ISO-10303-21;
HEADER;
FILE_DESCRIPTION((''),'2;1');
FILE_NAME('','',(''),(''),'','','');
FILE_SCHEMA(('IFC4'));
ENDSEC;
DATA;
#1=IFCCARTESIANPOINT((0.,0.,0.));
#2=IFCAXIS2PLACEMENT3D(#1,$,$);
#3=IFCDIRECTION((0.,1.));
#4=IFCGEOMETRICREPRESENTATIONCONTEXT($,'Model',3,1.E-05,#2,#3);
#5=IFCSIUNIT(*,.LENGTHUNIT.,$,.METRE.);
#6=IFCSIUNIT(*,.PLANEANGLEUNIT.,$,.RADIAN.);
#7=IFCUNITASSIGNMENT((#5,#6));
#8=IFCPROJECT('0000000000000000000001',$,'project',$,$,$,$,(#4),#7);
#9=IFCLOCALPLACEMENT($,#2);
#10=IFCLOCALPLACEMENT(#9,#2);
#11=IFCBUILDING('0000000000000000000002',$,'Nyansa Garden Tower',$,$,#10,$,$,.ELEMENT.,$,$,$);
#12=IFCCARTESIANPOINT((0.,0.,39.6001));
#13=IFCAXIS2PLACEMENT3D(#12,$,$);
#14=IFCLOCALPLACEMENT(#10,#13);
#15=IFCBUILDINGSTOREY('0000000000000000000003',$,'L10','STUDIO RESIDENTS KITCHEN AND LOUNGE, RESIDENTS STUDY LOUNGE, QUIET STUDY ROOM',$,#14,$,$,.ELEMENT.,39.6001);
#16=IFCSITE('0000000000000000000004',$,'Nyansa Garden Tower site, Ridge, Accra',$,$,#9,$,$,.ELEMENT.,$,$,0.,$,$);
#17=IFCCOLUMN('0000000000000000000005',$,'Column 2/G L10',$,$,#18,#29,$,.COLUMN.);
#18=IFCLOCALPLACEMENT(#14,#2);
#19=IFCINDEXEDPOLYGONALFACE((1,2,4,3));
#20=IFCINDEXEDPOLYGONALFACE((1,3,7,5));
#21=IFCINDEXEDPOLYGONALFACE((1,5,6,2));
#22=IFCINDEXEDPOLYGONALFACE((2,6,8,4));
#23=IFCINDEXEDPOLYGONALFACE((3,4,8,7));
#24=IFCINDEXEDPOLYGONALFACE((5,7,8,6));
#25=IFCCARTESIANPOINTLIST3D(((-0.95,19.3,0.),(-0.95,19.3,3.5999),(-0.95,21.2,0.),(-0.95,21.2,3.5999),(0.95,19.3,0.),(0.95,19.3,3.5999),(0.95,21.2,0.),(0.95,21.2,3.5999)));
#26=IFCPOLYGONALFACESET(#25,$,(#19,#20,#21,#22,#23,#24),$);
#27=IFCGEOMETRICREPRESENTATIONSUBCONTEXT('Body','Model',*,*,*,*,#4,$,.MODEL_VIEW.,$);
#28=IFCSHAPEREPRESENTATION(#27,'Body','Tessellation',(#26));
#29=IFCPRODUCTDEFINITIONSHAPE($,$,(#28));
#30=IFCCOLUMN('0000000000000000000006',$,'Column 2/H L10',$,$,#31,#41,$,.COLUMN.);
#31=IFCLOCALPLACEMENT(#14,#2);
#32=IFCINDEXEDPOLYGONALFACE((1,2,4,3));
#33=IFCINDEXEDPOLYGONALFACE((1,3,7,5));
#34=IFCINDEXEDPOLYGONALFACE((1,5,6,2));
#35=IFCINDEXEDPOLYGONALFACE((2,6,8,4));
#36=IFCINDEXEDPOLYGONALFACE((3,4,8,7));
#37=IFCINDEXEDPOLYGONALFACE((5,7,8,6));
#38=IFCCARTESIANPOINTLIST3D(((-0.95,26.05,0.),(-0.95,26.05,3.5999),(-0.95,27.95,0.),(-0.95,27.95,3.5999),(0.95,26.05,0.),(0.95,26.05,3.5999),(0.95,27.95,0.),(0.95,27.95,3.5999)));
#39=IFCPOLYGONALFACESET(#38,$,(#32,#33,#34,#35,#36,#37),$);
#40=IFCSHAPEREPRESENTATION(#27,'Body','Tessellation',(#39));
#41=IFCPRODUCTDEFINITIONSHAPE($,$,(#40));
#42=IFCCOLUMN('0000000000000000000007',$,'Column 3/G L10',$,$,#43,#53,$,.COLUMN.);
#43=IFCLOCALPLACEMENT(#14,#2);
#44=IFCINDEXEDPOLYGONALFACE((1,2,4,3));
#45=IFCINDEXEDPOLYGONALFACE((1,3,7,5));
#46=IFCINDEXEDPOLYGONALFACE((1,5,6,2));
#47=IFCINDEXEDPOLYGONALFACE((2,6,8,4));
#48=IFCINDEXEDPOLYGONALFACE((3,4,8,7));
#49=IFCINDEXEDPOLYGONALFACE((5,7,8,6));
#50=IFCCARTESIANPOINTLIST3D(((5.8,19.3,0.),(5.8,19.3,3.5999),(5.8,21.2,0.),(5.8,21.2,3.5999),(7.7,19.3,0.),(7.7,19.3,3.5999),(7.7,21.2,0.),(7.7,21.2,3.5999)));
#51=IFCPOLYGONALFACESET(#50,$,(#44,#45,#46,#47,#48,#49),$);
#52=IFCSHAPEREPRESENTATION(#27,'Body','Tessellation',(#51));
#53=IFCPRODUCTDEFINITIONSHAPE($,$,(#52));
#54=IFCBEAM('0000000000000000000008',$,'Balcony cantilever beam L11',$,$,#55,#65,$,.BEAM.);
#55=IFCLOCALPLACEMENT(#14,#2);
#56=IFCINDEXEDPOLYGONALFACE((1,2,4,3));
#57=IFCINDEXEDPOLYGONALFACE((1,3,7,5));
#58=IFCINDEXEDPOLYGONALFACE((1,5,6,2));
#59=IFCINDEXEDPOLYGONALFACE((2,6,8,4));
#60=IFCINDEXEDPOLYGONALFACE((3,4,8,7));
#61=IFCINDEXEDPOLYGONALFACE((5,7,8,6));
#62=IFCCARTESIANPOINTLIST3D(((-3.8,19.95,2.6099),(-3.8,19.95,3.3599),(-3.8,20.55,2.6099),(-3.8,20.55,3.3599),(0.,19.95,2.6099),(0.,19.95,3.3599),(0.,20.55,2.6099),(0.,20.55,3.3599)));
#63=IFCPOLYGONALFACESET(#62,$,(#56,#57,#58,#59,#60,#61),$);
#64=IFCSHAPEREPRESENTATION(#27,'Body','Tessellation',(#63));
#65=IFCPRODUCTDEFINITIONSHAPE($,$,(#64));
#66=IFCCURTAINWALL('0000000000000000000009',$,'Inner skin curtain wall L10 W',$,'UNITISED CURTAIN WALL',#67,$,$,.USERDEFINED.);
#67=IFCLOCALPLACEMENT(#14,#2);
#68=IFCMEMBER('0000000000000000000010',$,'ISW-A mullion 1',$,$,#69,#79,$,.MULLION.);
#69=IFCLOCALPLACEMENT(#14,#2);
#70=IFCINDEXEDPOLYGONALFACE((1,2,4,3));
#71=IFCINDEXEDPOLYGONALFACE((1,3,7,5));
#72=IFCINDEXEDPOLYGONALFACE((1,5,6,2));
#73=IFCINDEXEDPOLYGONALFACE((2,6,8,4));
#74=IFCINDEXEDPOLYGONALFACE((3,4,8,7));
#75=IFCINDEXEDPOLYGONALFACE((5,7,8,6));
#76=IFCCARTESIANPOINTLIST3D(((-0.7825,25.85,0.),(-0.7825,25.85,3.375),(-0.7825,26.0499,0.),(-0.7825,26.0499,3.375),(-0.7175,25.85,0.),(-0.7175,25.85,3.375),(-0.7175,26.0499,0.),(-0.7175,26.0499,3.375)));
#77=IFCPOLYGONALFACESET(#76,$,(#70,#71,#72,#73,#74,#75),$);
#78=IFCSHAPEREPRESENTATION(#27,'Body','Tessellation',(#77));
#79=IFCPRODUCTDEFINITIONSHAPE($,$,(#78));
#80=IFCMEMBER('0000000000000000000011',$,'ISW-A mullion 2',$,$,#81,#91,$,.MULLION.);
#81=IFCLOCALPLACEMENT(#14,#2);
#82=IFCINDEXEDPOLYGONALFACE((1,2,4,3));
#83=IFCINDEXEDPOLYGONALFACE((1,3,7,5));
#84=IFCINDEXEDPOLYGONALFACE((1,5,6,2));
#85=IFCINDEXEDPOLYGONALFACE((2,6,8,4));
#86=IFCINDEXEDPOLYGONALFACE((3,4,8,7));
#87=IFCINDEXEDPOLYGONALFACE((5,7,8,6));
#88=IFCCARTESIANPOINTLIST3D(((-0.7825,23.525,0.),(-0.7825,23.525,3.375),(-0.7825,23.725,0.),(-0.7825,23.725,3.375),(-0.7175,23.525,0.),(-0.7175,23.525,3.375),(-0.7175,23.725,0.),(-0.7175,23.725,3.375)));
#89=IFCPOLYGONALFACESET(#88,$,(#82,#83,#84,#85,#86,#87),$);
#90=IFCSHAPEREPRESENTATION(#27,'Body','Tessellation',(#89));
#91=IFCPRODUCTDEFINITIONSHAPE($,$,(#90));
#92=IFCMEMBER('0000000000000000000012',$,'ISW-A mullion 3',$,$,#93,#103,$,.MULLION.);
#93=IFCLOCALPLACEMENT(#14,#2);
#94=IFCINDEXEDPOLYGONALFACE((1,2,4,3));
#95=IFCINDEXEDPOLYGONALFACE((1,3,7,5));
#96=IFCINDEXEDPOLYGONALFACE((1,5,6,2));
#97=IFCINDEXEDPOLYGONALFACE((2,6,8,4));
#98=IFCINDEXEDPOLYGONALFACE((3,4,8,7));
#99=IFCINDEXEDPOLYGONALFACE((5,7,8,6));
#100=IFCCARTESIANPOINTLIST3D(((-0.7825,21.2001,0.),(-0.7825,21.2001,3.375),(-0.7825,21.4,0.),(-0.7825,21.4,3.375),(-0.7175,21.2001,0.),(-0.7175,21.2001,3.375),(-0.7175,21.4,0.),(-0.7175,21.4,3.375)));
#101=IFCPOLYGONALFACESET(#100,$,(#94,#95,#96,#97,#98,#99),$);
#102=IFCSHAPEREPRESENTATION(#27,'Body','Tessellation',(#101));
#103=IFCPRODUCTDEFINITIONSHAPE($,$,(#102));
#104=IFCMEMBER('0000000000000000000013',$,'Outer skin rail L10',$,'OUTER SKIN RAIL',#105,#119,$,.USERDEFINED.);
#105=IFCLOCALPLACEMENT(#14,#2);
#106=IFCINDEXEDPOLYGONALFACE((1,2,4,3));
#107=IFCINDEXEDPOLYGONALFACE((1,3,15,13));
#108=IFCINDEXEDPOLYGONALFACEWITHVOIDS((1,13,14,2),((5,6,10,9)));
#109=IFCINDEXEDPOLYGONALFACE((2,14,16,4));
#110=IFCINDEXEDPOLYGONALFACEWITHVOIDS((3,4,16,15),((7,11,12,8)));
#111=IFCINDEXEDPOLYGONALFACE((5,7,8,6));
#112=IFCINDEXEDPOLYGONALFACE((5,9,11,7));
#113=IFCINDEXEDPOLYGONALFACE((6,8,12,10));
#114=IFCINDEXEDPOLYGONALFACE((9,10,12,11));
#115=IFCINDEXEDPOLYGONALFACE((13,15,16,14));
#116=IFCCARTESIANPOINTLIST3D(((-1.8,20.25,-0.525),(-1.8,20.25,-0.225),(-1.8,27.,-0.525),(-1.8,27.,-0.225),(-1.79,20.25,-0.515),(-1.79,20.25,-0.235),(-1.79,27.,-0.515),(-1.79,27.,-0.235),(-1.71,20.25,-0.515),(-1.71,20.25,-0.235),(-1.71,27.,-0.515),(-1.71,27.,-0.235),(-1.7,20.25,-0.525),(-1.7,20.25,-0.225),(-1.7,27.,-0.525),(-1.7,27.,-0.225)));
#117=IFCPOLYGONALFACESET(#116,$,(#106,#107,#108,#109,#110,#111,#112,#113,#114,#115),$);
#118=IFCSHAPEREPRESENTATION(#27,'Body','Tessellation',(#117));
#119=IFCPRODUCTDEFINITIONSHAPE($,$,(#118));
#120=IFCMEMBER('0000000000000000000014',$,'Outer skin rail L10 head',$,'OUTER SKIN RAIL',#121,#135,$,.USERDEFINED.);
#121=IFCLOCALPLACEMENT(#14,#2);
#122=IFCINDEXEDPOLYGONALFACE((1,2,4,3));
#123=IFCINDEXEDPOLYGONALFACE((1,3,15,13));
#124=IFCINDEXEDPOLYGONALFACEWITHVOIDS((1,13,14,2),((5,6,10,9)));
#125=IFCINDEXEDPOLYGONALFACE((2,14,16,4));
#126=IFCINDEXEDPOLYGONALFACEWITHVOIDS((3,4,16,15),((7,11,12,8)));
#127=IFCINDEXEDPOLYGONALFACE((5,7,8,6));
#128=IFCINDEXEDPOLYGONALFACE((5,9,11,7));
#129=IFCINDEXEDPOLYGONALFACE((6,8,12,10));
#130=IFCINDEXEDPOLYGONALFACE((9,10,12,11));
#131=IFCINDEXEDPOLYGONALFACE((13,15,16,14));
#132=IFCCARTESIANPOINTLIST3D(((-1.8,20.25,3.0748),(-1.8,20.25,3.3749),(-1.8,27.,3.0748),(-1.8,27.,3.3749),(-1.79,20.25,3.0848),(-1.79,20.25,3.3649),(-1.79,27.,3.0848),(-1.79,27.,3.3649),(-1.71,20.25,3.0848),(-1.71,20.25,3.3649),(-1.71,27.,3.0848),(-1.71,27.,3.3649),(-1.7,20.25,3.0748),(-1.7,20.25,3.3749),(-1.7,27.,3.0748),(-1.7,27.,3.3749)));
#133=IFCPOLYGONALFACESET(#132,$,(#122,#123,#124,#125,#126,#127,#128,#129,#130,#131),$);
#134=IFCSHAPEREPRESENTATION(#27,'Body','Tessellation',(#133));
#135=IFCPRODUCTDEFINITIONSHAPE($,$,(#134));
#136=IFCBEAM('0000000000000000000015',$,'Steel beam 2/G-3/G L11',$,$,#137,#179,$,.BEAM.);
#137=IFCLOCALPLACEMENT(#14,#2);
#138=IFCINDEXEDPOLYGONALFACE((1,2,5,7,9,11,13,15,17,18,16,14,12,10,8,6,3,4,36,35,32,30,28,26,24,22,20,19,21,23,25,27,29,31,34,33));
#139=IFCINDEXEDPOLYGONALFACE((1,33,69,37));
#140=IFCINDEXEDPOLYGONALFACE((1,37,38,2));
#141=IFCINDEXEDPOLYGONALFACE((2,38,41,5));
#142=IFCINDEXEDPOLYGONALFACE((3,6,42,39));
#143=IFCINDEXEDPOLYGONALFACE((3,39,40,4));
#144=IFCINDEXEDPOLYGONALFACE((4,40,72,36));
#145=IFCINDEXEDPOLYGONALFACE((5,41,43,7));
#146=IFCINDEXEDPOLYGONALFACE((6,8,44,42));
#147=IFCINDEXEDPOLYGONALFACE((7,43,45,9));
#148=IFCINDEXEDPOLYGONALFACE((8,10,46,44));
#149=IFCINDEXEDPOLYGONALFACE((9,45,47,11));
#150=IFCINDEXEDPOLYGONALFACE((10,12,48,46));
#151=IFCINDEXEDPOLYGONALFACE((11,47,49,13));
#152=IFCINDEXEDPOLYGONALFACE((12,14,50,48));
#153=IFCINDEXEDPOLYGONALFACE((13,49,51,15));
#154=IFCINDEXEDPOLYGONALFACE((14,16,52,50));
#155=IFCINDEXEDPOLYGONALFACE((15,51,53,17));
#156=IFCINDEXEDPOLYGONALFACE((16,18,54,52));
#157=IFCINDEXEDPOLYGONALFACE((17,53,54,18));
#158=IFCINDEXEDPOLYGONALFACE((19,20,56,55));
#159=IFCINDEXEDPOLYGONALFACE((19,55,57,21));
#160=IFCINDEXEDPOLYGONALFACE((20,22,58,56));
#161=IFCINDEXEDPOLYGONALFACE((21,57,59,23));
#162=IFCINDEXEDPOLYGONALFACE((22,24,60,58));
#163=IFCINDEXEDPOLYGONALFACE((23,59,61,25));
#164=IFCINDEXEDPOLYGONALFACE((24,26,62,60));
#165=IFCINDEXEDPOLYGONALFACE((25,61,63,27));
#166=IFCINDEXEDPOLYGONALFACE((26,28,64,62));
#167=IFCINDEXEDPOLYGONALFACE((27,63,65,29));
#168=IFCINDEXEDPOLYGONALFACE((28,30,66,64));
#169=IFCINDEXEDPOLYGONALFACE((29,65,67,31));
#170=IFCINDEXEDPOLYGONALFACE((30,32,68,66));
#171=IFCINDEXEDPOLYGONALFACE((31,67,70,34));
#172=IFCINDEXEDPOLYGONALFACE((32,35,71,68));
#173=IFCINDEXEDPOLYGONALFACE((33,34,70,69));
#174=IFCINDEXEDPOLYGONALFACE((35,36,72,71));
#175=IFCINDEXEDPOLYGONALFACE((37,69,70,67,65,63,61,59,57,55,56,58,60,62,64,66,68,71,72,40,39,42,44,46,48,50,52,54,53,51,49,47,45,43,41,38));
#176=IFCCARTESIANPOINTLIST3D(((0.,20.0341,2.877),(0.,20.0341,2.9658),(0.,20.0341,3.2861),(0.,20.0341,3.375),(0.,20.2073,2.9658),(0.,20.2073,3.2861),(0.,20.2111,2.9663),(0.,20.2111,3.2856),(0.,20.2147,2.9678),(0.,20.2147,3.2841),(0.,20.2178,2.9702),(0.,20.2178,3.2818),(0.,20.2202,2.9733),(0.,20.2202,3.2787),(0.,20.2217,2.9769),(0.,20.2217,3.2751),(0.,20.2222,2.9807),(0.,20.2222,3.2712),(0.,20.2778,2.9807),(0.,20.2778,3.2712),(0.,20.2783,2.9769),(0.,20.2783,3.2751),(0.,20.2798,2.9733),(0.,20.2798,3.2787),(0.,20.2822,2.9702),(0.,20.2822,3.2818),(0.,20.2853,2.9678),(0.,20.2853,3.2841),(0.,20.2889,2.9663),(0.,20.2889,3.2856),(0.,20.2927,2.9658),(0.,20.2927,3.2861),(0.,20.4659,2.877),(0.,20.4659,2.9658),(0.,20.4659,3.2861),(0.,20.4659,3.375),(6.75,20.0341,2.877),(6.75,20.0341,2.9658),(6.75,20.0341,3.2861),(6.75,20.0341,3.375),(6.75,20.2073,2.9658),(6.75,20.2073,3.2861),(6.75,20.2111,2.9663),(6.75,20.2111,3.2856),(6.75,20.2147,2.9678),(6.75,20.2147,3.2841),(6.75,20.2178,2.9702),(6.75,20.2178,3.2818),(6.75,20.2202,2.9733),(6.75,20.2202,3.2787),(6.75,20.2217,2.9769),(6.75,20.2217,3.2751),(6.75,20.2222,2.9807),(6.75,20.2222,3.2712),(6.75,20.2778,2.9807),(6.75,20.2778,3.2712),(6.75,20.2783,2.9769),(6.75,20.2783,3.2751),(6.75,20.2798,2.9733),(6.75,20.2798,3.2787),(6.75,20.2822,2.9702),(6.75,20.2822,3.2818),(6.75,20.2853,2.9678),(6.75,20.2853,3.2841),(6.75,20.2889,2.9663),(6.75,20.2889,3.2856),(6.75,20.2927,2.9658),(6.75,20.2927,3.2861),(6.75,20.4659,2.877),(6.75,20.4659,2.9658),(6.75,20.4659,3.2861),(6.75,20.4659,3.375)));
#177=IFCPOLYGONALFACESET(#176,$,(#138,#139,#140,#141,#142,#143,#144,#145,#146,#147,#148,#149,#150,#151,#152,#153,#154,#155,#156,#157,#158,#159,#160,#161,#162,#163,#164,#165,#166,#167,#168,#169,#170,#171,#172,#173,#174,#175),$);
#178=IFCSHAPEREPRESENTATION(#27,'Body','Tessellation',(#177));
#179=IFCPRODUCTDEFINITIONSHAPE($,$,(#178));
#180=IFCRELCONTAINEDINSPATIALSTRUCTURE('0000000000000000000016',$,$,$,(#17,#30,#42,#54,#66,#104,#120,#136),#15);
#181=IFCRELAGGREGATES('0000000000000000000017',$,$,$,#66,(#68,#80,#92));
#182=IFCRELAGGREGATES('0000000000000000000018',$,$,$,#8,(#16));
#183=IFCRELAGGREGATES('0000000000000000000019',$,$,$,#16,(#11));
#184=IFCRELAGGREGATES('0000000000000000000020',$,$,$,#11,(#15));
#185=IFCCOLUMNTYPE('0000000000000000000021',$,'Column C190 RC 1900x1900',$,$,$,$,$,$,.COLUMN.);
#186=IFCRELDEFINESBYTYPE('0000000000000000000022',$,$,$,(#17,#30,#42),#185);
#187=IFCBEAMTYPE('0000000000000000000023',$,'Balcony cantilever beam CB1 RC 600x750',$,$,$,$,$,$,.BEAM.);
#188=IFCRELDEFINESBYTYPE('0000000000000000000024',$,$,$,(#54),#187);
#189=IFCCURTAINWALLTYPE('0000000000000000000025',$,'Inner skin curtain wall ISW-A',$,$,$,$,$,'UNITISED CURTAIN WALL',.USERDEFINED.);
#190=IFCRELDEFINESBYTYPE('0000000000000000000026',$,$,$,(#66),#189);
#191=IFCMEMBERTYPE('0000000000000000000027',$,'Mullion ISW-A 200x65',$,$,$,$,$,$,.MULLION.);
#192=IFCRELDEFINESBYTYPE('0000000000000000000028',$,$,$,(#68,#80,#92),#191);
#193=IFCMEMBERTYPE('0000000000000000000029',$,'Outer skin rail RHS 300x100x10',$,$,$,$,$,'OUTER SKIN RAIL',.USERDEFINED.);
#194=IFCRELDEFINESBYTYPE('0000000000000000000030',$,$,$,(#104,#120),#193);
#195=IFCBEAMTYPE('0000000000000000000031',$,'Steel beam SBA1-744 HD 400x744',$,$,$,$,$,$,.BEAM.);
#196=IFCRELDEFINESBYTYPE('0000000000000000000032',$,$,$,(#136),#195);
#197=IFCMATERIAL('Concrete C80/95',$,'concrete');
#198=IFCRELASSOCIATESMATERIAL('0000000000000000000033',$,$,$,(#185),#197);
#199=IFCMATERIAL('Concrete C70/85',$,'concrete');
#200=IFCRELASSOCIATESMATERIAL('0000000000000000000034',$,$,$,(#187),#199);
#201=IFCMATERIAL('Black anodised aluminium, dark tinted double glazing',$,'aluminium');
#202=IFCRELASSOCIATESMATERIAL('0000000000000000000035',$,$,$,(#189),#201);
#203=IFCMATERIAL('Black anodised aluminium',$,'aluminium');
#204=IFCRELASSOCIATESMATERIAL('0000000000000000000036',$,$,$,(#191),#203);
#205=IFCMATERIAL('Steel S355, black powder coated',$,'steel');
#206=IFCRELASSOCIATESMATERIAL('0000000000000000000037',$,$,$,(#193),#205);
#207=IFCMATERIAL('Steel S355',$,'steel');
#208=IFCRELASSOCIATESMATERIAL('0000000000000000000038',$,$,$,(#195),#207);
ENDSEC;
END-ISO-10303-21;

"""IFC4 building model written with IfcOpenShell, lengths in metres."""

from ifc_helpers import new_model, si_unit, direction, frame, origin, origin_2d, place, context, subcontext, project, spatial, rectangle, hollow_rectangle, i_section, extrude, material, material_profile, profile_set, type_object, element, aggregate, save


model = new_model("IFC4")

# Units and contexts
model_context = context("Model", 3, precision=1e-05, world=origin(), true_north=direction((0.0, 1.0)))
body_context = subcontext(model_context, "Body", "Model", "MODEL_VIEW")
ifc_project = project(units=[si_unit("LENGTHUNIT", "METRE"), si_unit("PLANEANGLEUNIT", "RADIAN")], contexts=[model_context])

# Site, building, storey
site_placement = place(None, origin())
site = spatial("IfcSite", under=ifc_project, at=site_placement, Name="Nyansa Garden Tower site, Ridge, Accra", CompositionType="ELEMENT", RefElevation=0.0)
building_placement = place(site_placement, origin())
building = spatial("IfcBuilding", under=site, at=building_placement, Name="Nyansa Garden Tower", CompositionType="ELEMENT")
storey_placement = place(building_placement, frame((0.0, 0.0, 39.6001)))
storey = spatial("IfcBuildingStorey", under=building, at=storey_placement, Name="L10", Description="STUDIO RESIDENTS KITCHEN AND LOUNGE, RESIDENTS STUDY LOUNGE, QUIET STUDY ROOM", CompositionType="ELEMENT", Elevation=39.6001)

# Columns
ifc_material_1 = material(Name="Concrete C80/95", Category="concrete")
ifc_material_profile_1 = material_profile(ifc_material_1, rectangle(XDim=1.8999, YDim=1.8999, at=origin_2d()), Name="RC 1900x1900")
ifc_profile_set_1 = profile_set([ifc_material_profile_1], Name="Concrete C80/95")
column_type = type_object("IfcColumnType", Name="Column C190 RC 1900x1900", PredefinedType="COLUMN", material=ifc_profile_set_1)
for number, where, z_axis, x_axis, name in (
    (1, (0.0, 20.25, 0.0), (0.0, 0.0, 1.0), (1.0, 0.0, 0.0), "Column 2/G L10"),
    (2, (0.0, 27.0, 0.0), (0.0, 0.0, 1.0), (1.0, 0.0, 0.0), "Column 2/H L10"),
    (3, (6.75, 20.25, 0.0), (0.0, 0.0, 1.0), (1.0, 0.0, 0.0), "Column 3/G L10"),
):
    element("IfcColumn", number, at=place(storey_placement, frame(where, z_axis=z_axis, x_axis=x_axis)), inside=storey, type_object=column_type, Name=name, PredefinedType="COLUMN", context=body_context, shape_type="SweptSolid", body=[
        extrude(rectangle(XDim=1.8999, YDim=1.8999, at=origin_2d()), origin(), (0.0, 0.0, 1.0), 3.5999),
    ])

# Beam
ifc_material_2 = material(Name="Concrete C70/85", Category="concrete")
ifc_material_profile_2 = material_profile(ifc_material_2, rectangle(XDim=0.6001, YDim=0.75, at=origin_2d()), Name="RC 600x750")
ifc_profile_set_2 = profile_set([ifc_material_profile_2], Name="Concrete C70/85")
beam_type_1 = type_object("IfcBeamType", Name="Balcony cantilever beam CB1 RC 600x750", PredefinedType="BEAM", material=ifc_profile_set_2)
beam_1_placement = place(storey_placement, frame((0.0, 20.25, 2.9849), z_axis=(-1.0, 0.0, 0.0), x_axis=(0.0, -1.0, 0.0)))
element("IfcBeam", 4, at=beam_1_placement, inside=storey, type_object=beam_type_1, Name="Balcony cantilever beam L11", PredefinedType="BEAM", context=body_context, shape_type="SweptSolid", body=[
    extrude(rectangle(XDim=0.6001, YDim=0.75, at=origin_2d()), origin(), (0.0, 0.0, 1.0), 3.8),
])

# Curtain wall, members
ifc_material_3 = material(Name="Black anodised aluminium, dark tinted double glazing", Category="aluminium")
curtain_wall_type = type_object("IfcCurtainWallType", Name="Inner skin curtain wall ISW-A", ElementType="UNITISED CURTAIN WALL", PredefinedType="USERDEFINED", material=ifc_material_3)
curtain_wall_placement = place(storey_placement, origin())
curtain_wall = element("IfcCurtainWall", 5, at=curtain_wall_placement, inside=storey, type_object=curtain_wall_type, Name="Inner skin curtain wall L10 W", ObjectType="UNITISED CURTAIN WALL", PredefinedType="USERDEFINED")
ifc_material_4 = material(Name="Black anodised aluminium", Category="aluminium")
ifc_material_profile_3 = material_profile(ifc_material_4, rectangle(XDim=0.0649, YDim=0.2, at=origin_2d()), Name="Mullion 200x65")
ifc_profile_set_3 = profile_set([ifc_material_profile_3], Name="Black anodised aluminium")
member_type_1 = type_object("IfcMemberType", Name="Mullion ISW-A 200x65", PredefinedType="MULLION", material=ifc_profile_set_3)
member_1_placement = place(storey_placement, frame((-0.75, 25.95, 0.0), z_axis=(0.0, 0.0, 1.0), x_axis=(1.0, 0.0, 0.0)))
member_1 = element("IfcMember", 6, at=member_1_placement, type_object=member_type_1, Name="ISW-A mullion 1", PredefinedType="MULLION", context=body_context, shape_type="SweptSolid", body=[
    extrude(rectangle(XDim=0.0649, YDim=0.2, at=origin_2d()), origin(), (0.0, 0.0, 1.0), 3.375),
])
member_2_placement = place(storey_placement, frame((-0.75, 23.625, 0.0), z_axis=(0.0, 0.0, 1.0), x_axis=(1.0, 0.0, 0.0)))
member_2 = element("IfcMember", 7, at=member_2_placement, type_object=member_type_1, Name="ISW-A mullion 2", PredefinedType="MULLION", context=body_context, shape_type="SweptSolid", body=[
    extrude(rectangle(XDim=0.0649, YDim=0.2, at=origin_2d()), origin(), (0.0, 0.0, 1.0), 3.375),
])
member_3_placement = place(storey_placement, frame((-0.75, 21.3, 0.0), z_axis=(0.0, 0.0, 1.0), x_axis=(1.0, 0.0, 0.0)))
member_3 = element("IfcMember", 8, at=member_3_placement, type_object=member_type_1, Name="ISW-A mullion 3", PredefinedType="MULLION", context=body_context, shape_type="SweptSolid", body=[
    extrude(rectangle(XDim=0.0649, YDim=0.2, at=origin_2d()), origin(), (0.0, 0.0, 1.0), 3.375),
])

# Members
ifc_material_5 = material(Name="Steel S355, black powder coated", Category="steel")
ifc_material_profile_4 = material_profile(ifc_material_5, hollow_rectangle(XDim=0.1001, YDim=0.3, WallThickness=0.01, at=origin_2d()), Name="RHS 300x100x10")
ifc_profile_set_4 = profile_set([ifc_material_profile_4], Name="Steel S355, black powder coated")
member_type_2 = type_object("IfcMemberType", Name="Outer skin rail RHS 300x100x10", ElementType="OUTER SKIN RAIL", PredefinedType="USERDEFINED", material=ifc_profile_set_4)
for number, where, z_axis, x_axis, name in (
    (9, (-1.75, 20.25, -0.375), (0.0, 1.0, 0.0), (-1.0, 0.0, 0.0), "Outer skin rail L10"),
    (10, (-1.75, 20.25, 3.2249), (0.0, 1.0, 0.0), (-1.0, 0.0, 0.0), "Outer skin rail L10 head"),
):
    element("IfcMember", number, at=place(storey_placement, frame(where, z_axis=z_axis, x_axis=x_axis)), inside=storey, type_object=member_type_2, Name=name, ObjectType="OUTER SKIN RAIL", PredefinedType="USERDEFINED", context=body_context, shape_type="SweptSolid", body=[
        extrude(hollow_rectangle(XDim=0.1001, YDim=0.3, WallThickness=0.01, at=origin_2d()), origin(), (0.0, 0.0, 1.0), 6.75),
    ])

# Beam
ifc_material_6 = material(Name="Steel S355", Category="steel")
ifc_material_profile_5 = material_profile(ifc_material_6, i_section(OverallWidth=0.4319, OverallDepth=0.498, WebThickness=0.0557, FlangeThickness=0.0889, FilletRadius=0.0149, at=origin_2d()), Name="HD 400x744")
ifc_profile_set_5 = profile_set([ifc_material_profile_5], Name="Steel S355")
beam_type_2 = type_object("IfcBeamType", Name="Steel beam SBA1-744 HD 400x744", PredefinedType="BEAM", material=ifc_profile_set_5)
for number, where, z_axis, x_axis, name in (
    (11, (0.0, 20.25, 3.126), (1.0, 0.0, 0.0), (0.0, 1.0, 0.0), "Steel beam 2/G-3/G L11"),
):
    element("IfcBeam", number, at=place(storey_placement, frame(where, z_axis=z_axis, x_axis=x_axis)), inside=storey, type_object=beam_type_2, Name=name, PredefinedType="BEAM", context=body_context, shape_type="SweptSolid", body=[
        extrude(i_section(OverallWidth=0.4319, OverallDepth=0.498, WebThickness=0.0557, FlangeThickness=0.0889, FilletRadius=0.0149, at=origin_2d()), origin(), (0.0, 0.0, 1.0), 6.75),
    ])

aggregate(curtain_wall, [member_1, member_2, member_3])

save(model, "model.ifc")
